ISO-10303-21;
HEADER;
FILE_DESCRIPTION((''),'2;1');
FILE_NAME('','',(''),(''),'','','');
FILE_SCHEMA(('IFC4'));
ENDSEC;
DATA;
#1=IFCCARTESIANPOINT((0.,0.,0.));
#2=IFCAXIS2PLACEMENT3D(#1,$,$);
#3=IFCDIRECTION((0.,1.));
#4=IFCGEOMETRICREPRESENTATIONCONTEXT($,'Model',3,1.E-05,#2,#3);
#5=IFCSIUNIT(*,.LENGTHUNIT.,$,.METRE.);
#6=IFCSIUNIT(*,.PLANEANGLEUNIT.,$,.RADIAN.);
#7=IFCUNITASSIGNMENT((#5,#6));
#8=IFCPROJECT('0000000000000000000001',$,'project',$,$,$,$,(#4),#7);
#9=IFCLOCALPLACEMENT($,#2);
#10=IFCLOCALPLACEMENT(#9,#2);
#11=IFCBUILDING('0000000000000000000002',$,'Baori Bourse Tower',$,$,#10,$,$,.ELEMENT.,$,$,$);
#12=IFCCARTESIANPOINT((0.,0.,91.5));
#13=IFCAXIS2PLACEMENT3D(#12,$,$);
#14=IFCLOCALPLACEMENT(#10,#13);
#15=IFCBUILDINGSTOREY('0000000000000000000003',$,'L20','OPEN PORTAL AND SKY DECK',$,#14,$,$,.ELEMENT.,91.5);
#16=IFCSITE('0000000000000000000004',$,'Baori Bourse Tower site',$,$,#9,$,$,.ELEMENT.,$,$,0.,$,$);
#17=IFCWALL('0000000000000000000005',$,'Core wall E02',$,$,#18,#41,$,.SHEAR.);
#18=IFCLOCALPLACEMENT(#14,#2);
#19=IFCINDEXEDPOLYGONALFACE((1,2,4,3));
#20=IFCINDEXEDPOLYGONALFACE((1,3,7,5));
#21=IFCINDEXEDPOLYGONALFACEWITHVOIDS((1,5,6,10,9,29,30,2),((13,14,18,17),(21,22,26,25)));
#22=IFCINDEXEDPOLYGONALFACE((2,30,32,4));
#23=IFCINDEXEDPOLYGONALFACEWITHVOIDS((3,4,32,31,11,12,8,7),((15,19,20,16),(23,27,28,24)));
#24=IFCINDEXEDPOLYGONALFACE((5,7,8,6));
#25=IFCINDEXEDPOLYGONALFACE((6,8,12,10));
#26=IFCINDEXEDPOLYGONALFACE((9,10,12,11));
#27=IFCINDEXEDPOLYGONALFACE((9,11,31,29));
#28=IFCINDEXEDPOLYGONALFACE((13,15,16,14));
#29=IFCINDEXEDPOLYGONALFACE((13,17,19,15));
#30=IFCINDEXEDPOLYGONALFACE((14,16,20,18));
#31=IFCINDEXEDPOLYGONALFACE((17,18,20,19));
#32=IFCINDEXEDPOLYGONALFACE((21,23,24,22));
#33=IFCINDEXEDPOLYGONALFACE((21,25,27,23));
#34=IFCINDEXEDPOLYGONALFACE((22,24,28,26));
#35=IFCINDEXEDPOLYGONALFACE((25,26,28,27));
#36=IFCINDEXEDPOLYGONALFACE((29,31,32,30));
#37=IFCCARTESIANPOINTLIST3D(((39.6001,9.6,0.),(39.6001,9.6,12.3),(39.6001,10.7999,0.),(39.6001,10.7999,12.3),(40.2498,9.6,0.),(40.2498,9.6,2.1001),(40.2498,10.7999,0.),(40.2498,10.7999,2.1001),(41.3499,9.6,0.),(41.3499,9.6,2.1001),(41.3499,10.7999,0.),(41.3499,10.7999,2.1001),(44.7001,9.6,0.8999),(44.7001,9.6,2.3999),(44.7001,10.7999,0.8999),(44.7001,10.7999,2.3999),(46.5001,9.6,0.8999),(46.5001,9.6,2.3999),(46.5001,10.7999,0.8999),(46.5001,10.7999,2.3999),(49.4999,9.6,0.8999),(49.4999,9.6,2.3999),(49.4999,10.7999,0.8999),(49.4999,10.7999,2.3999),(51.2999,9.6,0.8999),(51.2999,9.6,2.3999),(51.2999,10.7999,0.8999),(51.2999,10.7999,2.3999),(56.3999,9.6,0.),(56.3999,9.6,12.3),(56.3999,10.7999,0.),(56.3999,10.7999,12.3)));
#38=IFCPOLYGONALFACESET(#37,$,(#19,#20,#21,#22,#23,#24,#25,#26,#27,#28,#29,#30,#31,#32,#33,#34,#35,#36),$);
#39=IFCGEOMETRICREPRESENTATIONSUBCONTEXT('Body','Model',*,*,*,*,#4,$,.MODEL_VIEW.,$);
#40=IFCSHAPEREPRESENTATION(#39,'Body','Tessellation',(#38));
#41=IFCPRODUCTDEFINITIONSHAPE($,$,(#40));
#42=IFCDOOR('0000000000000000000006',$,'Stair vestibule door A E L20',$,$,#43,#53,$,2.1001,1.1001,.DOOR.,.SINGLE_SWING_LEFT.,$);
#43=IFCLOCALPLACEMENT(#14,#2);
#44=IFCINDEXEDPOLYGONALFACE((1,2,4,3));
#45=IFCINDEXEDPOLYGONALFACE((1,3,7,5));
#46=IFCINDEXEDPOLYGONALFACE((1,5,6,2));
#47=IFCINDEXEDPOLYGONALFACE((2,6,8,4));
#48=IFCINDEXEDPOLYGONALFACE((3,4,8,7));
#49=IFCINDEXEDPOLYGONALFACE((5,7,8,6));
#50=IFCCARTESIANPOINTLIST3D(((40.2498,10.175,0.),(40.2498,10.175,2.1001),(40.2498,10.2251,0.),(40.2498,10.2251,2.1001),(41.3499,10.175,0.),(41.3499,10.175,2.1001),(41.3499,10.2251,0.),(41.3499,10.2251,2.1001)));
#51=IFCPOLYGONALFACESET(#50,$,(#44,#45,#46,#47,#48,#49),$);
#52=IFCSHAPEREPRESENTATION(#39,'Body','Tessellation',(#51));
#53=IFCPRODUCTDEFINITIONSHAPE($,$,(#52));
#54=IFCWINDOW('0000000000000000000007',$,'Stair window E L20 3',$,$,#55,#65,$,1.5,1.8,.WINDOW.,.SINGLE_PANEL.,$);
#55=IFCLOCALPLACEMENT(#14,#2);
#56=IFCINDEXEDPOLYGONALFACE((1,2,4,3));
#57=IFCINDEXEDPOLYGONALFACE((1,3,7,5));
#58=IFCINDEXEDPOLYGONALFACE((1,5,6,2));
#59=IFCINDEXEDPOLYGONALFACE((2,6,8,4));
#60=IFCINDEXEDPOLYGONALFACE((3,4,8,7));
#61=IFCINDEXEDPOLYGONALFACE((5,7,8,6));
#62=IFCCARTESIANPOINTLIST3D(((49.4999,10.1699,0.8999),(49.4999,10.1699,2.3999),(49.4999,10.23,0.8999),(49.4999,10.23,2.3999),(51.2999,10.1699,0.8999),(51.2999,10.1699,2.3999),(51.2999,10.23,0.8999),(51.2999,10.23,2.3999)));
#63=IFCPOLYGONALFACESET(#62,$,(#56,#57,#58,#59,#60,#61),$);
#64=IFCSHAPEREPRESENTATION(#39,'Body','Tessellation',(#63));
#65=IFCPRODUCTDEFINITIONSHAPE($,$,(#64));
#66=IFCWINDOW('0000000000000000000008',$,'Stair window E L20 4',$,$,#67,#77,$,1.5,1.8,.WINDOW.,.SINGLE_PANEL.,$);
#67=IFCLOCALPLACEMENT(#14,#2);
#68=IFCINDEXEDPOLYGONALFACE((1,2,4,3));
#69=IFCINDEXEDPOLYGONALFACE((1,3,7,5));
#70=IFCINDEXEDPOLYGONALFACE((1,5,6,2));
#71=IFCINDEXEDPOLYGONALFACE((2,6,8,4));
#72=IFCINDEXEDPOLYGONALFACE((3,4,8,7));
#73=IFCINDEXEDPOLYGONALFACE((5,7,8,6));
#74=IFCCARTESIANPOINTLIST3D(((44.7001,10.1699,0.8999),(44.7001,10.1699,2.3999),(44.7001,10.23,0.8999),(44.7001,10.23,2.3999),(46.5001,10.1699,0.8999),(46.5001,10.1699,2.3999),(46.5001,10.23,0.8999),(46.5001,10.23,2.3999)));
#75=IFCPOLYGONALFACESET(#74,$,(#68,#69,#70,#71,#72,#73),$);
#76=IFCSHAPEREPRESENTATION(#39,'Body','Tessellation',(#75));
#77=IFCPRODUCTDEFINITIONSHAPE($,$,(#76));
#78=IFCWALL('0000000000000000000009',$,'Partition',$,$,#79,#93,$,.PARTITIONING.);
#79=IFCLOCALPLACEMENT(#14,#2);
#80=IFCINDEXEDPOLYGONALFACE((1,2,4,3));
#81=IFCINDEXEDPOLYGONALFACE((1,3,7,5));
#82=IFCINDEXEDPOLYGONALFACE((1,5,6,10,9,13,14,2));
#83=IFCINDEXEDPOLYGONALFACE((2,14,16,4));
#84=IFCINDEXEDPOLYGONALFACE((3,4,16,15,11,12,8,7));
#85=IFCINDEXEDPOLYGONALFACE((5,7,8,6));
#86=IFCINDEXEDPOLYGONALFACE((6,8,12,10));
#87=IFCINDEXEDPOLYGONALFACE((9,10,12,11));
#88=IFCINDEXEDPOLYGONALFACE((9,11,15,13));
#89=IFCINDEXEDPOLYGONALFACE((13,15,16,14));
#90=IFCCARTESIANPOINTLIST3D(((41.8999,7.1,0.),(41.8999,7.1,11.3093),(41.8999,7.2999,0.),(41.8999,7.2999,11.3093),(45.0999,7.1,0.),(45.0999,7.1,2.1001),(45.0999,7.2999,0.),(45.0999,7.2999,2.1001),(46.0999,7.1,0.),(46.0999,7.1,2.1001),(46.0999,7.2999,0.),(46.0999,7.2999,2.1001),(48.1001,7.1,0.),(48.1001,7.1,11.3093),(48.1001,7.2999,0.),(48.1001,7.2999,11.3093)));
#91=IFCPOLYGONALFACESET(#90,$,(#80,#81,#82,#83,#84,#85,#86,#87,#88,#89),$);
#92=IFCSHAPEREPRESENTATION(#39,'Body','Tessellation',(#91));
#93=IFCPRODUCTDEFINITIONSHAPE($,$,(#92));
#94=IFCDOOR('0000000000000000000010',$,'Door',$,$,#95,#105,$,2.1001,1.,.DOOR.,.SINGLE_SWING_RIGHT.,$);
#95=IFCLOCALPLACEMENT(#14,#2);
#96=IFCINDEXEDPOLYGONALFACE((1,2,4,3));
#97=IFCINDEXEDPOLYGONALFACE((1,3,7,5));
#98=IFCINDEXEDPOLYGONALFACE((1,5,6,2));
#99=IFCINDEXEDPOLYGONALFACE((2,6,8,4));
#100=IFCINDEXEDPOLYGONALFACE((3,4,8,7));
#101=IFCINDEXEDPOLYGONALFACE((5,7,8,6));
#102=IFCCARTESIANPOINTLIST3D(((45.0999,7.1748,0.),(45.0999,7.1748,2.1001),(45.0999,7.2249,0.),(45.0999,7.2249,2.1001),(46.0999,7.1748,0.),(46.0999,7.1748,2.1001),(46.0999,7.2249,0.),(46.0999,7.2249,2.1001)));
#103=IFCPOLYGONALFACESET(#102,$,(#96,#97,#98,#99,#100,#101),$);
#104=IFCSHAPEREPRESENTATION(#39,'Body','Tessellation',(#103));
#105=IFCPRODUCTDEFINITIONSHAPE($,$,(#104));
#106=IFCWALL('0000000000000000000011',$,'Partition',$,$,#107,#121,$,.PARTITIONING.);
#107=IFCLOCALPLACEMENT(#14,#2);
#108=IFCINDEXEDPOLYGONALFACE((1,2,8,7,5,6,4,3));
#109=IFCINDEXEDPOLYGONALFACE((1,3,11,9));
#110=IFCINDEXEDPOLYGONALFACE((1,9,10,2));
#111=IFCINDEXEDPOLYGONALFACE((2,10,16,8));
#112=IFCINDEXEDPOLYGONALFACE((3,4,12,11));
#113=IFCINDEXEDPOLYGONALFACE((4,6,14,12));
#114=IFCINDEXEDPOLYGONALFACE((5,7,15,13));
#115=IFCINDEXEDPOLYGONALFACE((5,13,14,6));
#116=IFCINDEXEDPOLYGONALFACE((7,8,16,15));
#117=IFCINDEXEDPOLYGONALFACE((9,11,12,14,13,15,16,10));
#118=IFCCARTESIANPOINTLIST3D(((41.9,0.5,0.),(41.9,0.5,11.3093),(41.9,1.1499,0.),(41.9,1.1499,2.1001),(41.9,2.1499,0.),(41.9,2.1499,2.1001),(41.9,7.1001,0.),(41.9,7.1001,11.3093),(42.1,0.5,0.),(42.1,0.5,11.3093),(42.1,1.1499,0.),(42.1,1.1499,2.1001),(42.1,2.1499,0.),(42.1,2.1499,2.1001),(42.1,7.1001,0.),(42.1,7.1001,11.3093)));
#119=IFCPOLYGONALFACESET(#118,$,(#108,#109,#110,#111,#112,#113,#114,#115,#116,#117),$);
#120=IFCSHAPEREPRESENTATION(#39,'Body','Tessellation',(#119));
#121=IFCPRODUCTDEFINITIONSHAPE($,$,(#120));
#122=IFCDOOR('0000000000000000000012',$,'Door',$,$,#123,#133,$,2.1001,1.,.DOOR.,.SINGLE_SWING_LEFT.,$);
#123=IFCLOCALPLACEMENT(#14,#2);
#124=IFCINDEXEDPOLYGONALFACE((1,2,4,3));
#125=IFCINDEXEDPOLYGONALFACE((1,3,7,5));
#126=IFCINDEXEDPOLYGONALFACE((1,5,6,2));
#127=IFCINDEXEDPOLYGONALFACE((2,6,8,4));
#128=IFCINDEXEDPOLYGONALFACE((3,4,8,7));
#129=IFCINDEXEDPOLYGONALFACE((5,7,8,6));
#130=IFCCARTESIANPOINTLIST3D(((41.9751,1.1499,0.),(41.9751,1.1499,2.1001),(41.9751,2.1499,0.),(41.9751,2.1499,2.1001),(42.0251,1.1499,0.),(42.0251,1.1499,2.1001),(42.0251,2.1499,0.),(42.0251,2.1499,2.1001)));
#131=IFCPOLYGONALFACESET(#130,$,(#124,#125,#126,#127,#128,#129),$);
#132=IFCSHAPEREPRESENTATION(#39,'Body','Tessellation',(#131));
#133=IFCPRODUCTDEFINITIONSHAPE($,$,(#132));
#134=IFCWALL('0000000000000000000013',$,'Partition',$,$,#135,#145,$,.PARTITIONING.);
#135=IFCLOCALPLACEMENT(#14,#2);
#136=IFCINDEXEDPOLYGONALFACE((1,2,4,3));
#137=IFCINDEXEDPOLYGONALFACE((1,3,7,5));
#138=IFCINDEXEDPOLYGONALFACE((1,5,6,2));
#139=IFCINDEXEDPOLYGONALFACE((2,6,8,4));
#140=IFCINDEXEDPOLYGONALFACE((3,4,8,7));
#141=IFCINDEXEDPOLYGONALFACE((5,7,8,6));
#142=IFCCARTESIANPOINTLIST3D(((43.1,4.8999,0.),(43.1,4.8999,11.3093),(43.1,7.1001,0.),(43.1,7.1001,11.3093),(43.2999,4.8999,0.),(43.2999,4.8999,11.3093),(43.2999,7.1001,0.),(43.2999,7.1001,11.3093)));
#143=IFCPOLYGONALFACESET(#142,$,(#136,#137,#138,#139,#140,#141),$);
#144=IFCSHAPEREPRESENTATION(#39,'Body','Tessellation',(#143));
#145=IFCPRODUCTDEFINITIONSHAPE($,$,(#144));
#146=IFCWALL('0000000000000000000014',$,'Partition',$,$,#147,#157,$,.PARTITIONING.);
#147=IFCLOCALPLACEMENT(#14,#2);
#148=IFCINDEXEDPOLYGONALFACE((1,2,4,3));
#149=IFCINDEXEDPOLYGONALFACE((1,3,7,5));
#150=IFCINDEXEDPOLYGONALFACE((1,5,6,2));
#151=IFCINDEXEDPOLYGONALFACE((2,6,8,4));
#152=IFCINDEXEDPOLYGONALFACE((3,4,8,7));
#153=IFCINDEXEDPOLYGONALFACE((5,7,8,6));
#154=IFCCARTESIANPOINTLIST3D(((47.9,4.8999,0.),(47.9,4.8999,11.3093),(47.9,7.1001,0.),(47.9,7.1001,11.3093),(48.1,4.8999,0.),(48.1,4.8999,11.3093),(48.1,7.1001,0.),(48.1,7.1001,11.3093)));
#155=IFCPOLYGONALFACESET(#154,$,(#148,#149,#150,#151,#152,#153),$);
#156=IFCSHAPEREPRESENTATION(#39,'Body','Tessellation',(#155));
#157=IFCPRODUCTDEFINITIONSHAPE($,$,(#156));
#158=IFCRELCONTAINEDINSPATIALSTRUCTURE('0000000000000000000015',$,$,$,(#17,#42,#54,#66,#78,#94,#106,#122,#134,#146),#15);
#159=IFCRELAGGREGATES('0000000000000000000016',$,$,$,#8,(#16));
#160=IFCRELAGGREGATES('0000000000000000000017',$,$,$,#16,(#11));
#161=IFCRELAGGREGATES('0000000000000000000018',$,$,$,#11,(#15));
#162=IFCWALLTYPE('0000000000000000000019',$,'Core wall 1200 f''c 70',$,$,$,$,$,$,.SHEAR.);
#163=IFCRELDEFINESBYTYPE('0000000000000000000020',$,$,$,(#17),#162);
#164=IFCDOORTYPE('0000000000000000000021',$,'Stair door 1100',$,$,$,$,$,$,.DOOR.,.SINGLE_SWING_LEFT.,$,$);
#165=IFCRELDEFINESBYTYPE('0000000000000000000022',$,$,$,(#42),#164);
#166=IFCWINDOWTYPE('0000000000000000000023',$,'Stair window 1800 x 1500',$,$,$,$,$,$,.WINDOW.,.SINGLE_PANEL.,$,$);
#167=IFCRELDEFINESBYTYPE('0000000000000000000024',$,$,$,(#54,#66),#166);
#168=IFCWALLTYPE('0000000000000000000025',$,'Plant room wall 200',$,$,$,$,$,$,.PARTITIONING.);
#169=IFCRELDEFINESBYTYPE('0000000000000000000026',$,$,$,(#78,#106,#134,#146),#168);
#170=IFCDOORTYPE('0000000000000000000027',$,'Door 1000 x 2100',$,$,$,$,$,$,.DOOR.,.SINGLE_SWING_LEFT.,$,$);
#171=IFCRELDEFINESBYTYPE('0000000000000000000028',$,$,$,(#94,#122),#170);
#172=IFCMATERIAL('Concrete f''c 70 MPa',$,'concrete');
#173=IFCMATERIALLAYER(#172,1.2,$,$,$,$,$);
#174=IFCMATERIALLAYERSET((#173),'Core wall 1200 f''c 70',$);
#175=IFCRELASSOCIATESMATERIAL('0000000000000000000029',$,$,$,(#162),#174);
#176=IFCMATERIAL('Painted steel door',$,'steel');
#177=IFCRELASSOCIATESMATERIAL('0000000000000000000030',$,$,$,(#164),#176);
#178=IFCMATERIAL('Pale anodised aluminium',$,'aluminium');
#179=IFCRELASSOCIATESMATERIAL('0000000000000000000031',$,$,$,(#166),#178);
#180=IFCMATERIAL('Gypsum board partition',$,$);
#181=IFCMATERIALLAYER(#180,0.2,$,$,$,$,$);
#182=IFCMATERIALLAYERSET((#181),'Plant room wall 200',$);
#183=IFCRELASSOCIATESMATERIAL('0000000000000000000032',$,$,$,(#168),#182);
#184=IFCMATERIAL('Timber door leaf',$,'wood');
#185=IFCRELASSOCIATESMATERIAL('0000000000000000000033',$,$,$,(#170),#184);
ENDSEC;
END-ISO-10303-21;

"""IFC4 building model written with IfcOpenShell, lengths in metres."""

from ifc_helpers import new_model, si_unit, direction, frame, frame_2d, origin, place, context, subcontext, project, spatial, rectangle, extrude, material, layer, layer_set, type_object, element, fill, save


model = new_model("IFC4")

# Units and contexts
model_context = context("Model", 3, precision=1e-05, world=origin(), true_north=direction((0.0, 1.0)))
body_context = subcontext(model_context, "Body", "Model", "MODEL_VIEW")
ifc_project = project(units=[si_unit("LENGTHUNIT", "METRE"), si_unit("PLANEANGLEUNIT", "RADIAN")], contexts=[model_context])

# Site, building, storey
site_placement = place(None, origin())
site = spatial("IfcSite", under=ifc_project, at=site_placement, Name="Baori Bourse Tower site", CompositionType="ELEMENT", RefElevation=0.0)
building_placement = place(site_placement, origin())
building = spatial("IfcBuilding", under=site, at=building_placement, Name="Baori Bourse Tower", CompositionType="ELEMENT")
storey_placement = place(building_placement, frame((0.0, 0.0, 91.5)))
storey = spatial("IfcBuildingStorey", under=building, at=storey_placement, Name="L20", Description="OPEN PORTAL AND SKY DECK", CompositionType="ELEMENT", Elevation=91.5)

# Wall, openings, door, windows
ifc_material_1 = material(Name="Concrete f'c 70 MPa", Category="concrete")
ifc_layer_1 = layer(ifc_material_1, 1.2)
ifc_layer_set_1 = layer_set([ifc_layer_1], Name="Core wall 1200 f'c 70")
wall_type_1 = type_object("IfcWallType", Name="Core wall 1200 f'c 70", PredefinedType="SHEAR", material=ifc_layer_set_1)
wall_1_placement = place(storey_placement, frame((56.3999, 10.2, 0.0), z_axis=(0.0, 0.0, 1.0), x_axis=(-1.0, 0.0, 0.0)))
wall_1 = element("IfcWall", 1, at=wall_1_placement, inside=storey, type_object=wall_type_1, Name="Core wall E02", PredefinedType="SHEAR", context=body_context, shape_type="SweptSolid", body=[
    extrude(rectangle(XDim=16.7998, YDim=1.2, at=frame_2d((8.3999, 0.0))), origin(), (0.0, 0.0, 1.0), 12.3),
])
opening_1_placement = place(wall_1_placement, frame((15.05, 0.0, 0.0)))
opening_1 = element("IfcOpeningElement", 2, at=opening_1_placement, cuts=wall_1, PredefinedType="OPENING", context=body_context, shape_type="SweptSolid", body=[
    extrude(rectangle(XDim=1.1001, YDim=2.1001, at=frame_2d((0.55, 1.05))), frame((0.0, 0.6099, 0.0), z_axis=(0.0, -1.0, 0.0), x_axis=(1.0, 0.0, 0.0)), (0.0, 0.0, 1.0), 1.22),
])
opening_2_placement = place(wall_1_placement, frame((5.1001, 0.0, 0.8999)))
opening_2 = element("IfcOpeningElement", 3, at=opening_2_placement, cuts=wall_1, PredefinedType="OPENING", context=body_context, shape_type="SweptSolid", body=[
    extrude(rectangle(XDim=1.8, YDim=1.5, at=frame_2d((0.8999, 0.75))), frame((0.0, 0.6099, 0.0), z_axis=(0.0, -1.0, 0.0), x_axis=(1.0, 0.0, 0.0)), (0.0, 0.0, 1.0), 1.22),
])
opening_3_placement = place(wall_1_placement, frame((9.8999, 0.0, 0.8999)))
opening_3 = element("IfcOpeningElement", 4, at=opening_3_placement, cuts=wall_1, PredefinedType="OPENING", context=body_context, shape_type="SweptSolid", body=[
    extrude(rectangle(XDim=1.8, YDim=1.5, at=frame_2d((0.8999, 0.75))), frame((0.0, 0.6099, 0.0), z_axis=(0.0, -1.0, 0.0), x_axis=(1.0, 0.0, 0.0)), (0.0, 0.0, 1.0), 1.22),
])
ifc_material_2 = material(Name="Painted steel door", Category="steel")
door_type_1 = type_object("IfcDoorType", Name="Stair door 1100", OperationType="SINGLE_SWING_LEFT", PredefinedType="DOOR", material=ifc_material_2)
door_1_placement = place(opening_1_placement, origin())
door_1 = element("IfcDoor", 5, at=door_1_placement, inside=storey, type_object=door_type_1, Name="Stair vestibule door A E L20", OperationType="SINGLE_SWING_LEFT", OverallHeight=2.1001, OverallWidth=1.1001, PredefinedType="DOOR", context=body_context, shape_type="SweptSolid", body=[
    extrude(rectangle(XDim=1.1001, YDim=2.1001, at=frame_2d((0.55, 1.05))), frame((0.0, 0.0249, 0.0), z_axis=(0.0, -1.0, 0.0), x_axis=(1.0, 0.0, 0.0)), (0.0, 0.0, 1.0), 0.05),
])
fill(opening_1, door_1)
ifc_material_3 = material(Name="Pale anodised aluminium", Category="aluminium")
window_type = type_object("IfcWindowType", Name="Stair window 1800 x 1500", PartitioningType="SINGLE_PANEL", PredefinedType="WINDOW", material=ifc_material_3)
window_1_placement = place(opening_2_placement, origin())
window_1 = element("IfcWindow", 6, at=window_1_placement, inside=storey, type_object=window_type, Name="Stair window E L20 3", OverallHeight=1.5, OverallWidth=1.8, PartitioningType="SINGLE_PANEL", PredefinedType="WINDOW", context=body_context, shape_type="SweptSolid", body=[
    extrude(rectangle(XDim=1.8, YDim=1.5, at=frame_2d((0.8999, 0.75))), frame((0.0, 0.03, 0.0), z_axis=(0.0, -1.0, 0.0), x_axis=(1.0, 0.0, 0.0)), (0.0, 0.0, 1.0), 0.0601),
])
fill(opening_2, window_1)
window_2_placement = place(opening_3_placement, origin())
window_2 = element("IfcWindow", 7, at=window_2_placement, inside=storey, type_object=window_type, Name="Stair window E L20 4", OverallHeight=1.5, OverallWidth=1.8, PartitioningType="SINGLE_PANEL", PredefinedType="WINDOW", context=body_context, shape_type="SweptSolid", body=[
    extrude(rectangle(XDim=1.8, YDim=1.5, at=frame_2d((0.8999, 0.75))), frame((0.0, 0.03, 0.0), z_axis=(0.0, -1.0, 0.0), x_axis=(1.0, 0.0, 0.0)), (0.0, 0.0, 1.0), 0.0601),
])
fill(opening_3, window_2)

# Walls, openings, doors
ifc_material_4 = material(Name="Gypsum board partition")
ifc_layer_2 = layer(ifc_material_4, 0.2)
ifc_layer_set_2 = layer_set([ifc_layer_2], Name="Plant room wall 200")
wall_type_2 = type_object("IfcWallType", Name="Plant room wall 200", PredefinedType="PARTITIONING", material=ifc_layer_set_2)
wall_2_placement = place(storey_placement, frame((41.8999, 7.2, 0.0), z_axis=(0.0, 0.0, 1.0), x_axis=(1.0, 0.0, 0.0)))
wall_2 = element("IfcWall", 8, at=wall_2_placement, inside=storey, type_object=wall_type_2, Name="Partition", PredefinedType="PARTITIONING", context=body_context, shape_type="SweptSolid", body=[
    extrude(rectangle(XDim=6.2002, YDim=0.2, at=frame_2d((3.1001, 0.0))), origin(), (0.0, 0.0, 1.0), 11.3093),
])
opening_4_placement = place(wall_2_placement, frame((3.2, 0.0, 0.0)))
opening_4 = element("IfcOpeningElement", 9, at=opening_4_placement, cuts=wall_2, PredefinedType="OPENING", context=body_context, shape_type="SweptSolid", body=[
    extrude(rectangle(XDim=1.0, YDim=2.1001, at=frame_2d((0.5, 1.05))), frame((0.0, 0.1099, 0.0), z_axis=(0.0, -1.0, 0.0), x_axis=(1.0, 0.0, 0.0)), (0.0, 0.0, 1.0), 0.22),
])
ifc_material_5 = material(Name="Timber door leaf", Category="wood")
door_type_2 = type_object("IfcDoorType", Name="Door 1000 x 2100", OperationType="SINGLE_SWING_LEFT", PredefinedType="DOOR", material=ifc_material_5)
door_2_placement = place(opening_4_placement, origin())
door_2 = element("IfcDoor", 10, at=door_2_placement, inside=storey, type_object=door_type_2, Name="Door", OperationType="SINGLE_SWING_RIGHT", OverallHeight=2.1001, OverallWidth=1.0, PredefinedType="DOOR", context=body_context, shape_type="SweptSolid", body=[
    extrude(rectangle(XDim=1.0, YDim=2.1001, at=frame_2d((0.5, 1.05))), frame((0.0, 0.0249, 0.0), z_axis=(0.0, -1.0, 0.0), x_axis=(1.0, 0.0, 0.0)), (0.0, 0.0, 1.0), 0.05),
])
fill(opening_4, door_2)
wall_3_placement = place(storey_placement, frame((42.0, 0.5, 0.0), z_axis=(0.0, 0.0, 1.0), x_axis=(0.0, 1.0, 0.0)))
wall_3 = element("IfcWall", 11, at=wall_3_placement, inside=storey, type_object=wall_type_2, Name="Partition", PredefinedType="PARTITIONING", context=body_context, shape_type="SweptSolid", body=[
    extrude(rectangle(XDim=6.6001, YDim=0.2, at=frame_2d((3.3, 0.0))), origin(), (0.0, 0.0, 1.0), 11.3093),
])
opening_5_placement = place(wall_3_placement, frame((0.6499, 0.0, 0.0)))
opening_5 = element("IfcOpeningElement", 12, at=opening_5_placement, cuts=wall_3, PredefinedType="OPENING", context=body_context, shape_type="SweptSolid", body=[
    extrude(rectangle(XDim=1.0, YDim=2.1001, at=frame_2d((0.5, 1.05))), frame((0.0, 0.1099, 0.0), z_axis=(0.0, -1.0, 0.0), x_axis=(1.0, 0.0, 0.0)), (0.0, 0.0, 1.0), 0.22),
])
door_3_placement = place(opening_5_placement, origin())
door_3 = element("IfcDoor", 13, at=door_3_placement, inside=storey, type_object=door_type_2, Name="Door", OperationType="SINGLE_SWING_LEFT", OverallHeight=2.1001, OverallWidth=1.0, PredefinedType="DOOR", context=body_context, shape_type="SweptSolid", body=[
    extrude(rectangle(XDim=1.0, YDim=2.1001, at=frame_2d((0.5, 1.05))), frame((0.0, 0.0249, 0.0), z_axis=(0.0, -1.0, 0.0), x_axis=(1.0, 0.0, 0.0)), (0.0, 0.0, 1.0), 0.05),
])
fill(opening_5, door_3)

# Walls
for number, where, z_axis, x_axis, name in (
    (14, (43.2, 4.8999, 0.0), (0.0, 0.0, 1.0), (0.0, 1.0, 0.0), "Partition"),
    (15, (48.0, 4.8999, 0.0), (0.0, 0.0, 1.0), (0.0, 1.0, 0.0), "Partition"),
):
    element("IfcWall", number, at=place(storey_placement, frame(where, z_axis=z_axis, x_axis=x_axis)), inside=storey, type_object=wall_type_2, Name=name, PredefinedType="PARTITIONING", context=body_context, shape_type="SweptSolid", body=[
        extrude(rectangle(XDim=2.2002, YDim=0.2, at=frame_2d((1.1001, 0.0))), origin(), (0.0, 0.0, 1.0), 11.3093),
    ])

save(model, "model.ifc")
